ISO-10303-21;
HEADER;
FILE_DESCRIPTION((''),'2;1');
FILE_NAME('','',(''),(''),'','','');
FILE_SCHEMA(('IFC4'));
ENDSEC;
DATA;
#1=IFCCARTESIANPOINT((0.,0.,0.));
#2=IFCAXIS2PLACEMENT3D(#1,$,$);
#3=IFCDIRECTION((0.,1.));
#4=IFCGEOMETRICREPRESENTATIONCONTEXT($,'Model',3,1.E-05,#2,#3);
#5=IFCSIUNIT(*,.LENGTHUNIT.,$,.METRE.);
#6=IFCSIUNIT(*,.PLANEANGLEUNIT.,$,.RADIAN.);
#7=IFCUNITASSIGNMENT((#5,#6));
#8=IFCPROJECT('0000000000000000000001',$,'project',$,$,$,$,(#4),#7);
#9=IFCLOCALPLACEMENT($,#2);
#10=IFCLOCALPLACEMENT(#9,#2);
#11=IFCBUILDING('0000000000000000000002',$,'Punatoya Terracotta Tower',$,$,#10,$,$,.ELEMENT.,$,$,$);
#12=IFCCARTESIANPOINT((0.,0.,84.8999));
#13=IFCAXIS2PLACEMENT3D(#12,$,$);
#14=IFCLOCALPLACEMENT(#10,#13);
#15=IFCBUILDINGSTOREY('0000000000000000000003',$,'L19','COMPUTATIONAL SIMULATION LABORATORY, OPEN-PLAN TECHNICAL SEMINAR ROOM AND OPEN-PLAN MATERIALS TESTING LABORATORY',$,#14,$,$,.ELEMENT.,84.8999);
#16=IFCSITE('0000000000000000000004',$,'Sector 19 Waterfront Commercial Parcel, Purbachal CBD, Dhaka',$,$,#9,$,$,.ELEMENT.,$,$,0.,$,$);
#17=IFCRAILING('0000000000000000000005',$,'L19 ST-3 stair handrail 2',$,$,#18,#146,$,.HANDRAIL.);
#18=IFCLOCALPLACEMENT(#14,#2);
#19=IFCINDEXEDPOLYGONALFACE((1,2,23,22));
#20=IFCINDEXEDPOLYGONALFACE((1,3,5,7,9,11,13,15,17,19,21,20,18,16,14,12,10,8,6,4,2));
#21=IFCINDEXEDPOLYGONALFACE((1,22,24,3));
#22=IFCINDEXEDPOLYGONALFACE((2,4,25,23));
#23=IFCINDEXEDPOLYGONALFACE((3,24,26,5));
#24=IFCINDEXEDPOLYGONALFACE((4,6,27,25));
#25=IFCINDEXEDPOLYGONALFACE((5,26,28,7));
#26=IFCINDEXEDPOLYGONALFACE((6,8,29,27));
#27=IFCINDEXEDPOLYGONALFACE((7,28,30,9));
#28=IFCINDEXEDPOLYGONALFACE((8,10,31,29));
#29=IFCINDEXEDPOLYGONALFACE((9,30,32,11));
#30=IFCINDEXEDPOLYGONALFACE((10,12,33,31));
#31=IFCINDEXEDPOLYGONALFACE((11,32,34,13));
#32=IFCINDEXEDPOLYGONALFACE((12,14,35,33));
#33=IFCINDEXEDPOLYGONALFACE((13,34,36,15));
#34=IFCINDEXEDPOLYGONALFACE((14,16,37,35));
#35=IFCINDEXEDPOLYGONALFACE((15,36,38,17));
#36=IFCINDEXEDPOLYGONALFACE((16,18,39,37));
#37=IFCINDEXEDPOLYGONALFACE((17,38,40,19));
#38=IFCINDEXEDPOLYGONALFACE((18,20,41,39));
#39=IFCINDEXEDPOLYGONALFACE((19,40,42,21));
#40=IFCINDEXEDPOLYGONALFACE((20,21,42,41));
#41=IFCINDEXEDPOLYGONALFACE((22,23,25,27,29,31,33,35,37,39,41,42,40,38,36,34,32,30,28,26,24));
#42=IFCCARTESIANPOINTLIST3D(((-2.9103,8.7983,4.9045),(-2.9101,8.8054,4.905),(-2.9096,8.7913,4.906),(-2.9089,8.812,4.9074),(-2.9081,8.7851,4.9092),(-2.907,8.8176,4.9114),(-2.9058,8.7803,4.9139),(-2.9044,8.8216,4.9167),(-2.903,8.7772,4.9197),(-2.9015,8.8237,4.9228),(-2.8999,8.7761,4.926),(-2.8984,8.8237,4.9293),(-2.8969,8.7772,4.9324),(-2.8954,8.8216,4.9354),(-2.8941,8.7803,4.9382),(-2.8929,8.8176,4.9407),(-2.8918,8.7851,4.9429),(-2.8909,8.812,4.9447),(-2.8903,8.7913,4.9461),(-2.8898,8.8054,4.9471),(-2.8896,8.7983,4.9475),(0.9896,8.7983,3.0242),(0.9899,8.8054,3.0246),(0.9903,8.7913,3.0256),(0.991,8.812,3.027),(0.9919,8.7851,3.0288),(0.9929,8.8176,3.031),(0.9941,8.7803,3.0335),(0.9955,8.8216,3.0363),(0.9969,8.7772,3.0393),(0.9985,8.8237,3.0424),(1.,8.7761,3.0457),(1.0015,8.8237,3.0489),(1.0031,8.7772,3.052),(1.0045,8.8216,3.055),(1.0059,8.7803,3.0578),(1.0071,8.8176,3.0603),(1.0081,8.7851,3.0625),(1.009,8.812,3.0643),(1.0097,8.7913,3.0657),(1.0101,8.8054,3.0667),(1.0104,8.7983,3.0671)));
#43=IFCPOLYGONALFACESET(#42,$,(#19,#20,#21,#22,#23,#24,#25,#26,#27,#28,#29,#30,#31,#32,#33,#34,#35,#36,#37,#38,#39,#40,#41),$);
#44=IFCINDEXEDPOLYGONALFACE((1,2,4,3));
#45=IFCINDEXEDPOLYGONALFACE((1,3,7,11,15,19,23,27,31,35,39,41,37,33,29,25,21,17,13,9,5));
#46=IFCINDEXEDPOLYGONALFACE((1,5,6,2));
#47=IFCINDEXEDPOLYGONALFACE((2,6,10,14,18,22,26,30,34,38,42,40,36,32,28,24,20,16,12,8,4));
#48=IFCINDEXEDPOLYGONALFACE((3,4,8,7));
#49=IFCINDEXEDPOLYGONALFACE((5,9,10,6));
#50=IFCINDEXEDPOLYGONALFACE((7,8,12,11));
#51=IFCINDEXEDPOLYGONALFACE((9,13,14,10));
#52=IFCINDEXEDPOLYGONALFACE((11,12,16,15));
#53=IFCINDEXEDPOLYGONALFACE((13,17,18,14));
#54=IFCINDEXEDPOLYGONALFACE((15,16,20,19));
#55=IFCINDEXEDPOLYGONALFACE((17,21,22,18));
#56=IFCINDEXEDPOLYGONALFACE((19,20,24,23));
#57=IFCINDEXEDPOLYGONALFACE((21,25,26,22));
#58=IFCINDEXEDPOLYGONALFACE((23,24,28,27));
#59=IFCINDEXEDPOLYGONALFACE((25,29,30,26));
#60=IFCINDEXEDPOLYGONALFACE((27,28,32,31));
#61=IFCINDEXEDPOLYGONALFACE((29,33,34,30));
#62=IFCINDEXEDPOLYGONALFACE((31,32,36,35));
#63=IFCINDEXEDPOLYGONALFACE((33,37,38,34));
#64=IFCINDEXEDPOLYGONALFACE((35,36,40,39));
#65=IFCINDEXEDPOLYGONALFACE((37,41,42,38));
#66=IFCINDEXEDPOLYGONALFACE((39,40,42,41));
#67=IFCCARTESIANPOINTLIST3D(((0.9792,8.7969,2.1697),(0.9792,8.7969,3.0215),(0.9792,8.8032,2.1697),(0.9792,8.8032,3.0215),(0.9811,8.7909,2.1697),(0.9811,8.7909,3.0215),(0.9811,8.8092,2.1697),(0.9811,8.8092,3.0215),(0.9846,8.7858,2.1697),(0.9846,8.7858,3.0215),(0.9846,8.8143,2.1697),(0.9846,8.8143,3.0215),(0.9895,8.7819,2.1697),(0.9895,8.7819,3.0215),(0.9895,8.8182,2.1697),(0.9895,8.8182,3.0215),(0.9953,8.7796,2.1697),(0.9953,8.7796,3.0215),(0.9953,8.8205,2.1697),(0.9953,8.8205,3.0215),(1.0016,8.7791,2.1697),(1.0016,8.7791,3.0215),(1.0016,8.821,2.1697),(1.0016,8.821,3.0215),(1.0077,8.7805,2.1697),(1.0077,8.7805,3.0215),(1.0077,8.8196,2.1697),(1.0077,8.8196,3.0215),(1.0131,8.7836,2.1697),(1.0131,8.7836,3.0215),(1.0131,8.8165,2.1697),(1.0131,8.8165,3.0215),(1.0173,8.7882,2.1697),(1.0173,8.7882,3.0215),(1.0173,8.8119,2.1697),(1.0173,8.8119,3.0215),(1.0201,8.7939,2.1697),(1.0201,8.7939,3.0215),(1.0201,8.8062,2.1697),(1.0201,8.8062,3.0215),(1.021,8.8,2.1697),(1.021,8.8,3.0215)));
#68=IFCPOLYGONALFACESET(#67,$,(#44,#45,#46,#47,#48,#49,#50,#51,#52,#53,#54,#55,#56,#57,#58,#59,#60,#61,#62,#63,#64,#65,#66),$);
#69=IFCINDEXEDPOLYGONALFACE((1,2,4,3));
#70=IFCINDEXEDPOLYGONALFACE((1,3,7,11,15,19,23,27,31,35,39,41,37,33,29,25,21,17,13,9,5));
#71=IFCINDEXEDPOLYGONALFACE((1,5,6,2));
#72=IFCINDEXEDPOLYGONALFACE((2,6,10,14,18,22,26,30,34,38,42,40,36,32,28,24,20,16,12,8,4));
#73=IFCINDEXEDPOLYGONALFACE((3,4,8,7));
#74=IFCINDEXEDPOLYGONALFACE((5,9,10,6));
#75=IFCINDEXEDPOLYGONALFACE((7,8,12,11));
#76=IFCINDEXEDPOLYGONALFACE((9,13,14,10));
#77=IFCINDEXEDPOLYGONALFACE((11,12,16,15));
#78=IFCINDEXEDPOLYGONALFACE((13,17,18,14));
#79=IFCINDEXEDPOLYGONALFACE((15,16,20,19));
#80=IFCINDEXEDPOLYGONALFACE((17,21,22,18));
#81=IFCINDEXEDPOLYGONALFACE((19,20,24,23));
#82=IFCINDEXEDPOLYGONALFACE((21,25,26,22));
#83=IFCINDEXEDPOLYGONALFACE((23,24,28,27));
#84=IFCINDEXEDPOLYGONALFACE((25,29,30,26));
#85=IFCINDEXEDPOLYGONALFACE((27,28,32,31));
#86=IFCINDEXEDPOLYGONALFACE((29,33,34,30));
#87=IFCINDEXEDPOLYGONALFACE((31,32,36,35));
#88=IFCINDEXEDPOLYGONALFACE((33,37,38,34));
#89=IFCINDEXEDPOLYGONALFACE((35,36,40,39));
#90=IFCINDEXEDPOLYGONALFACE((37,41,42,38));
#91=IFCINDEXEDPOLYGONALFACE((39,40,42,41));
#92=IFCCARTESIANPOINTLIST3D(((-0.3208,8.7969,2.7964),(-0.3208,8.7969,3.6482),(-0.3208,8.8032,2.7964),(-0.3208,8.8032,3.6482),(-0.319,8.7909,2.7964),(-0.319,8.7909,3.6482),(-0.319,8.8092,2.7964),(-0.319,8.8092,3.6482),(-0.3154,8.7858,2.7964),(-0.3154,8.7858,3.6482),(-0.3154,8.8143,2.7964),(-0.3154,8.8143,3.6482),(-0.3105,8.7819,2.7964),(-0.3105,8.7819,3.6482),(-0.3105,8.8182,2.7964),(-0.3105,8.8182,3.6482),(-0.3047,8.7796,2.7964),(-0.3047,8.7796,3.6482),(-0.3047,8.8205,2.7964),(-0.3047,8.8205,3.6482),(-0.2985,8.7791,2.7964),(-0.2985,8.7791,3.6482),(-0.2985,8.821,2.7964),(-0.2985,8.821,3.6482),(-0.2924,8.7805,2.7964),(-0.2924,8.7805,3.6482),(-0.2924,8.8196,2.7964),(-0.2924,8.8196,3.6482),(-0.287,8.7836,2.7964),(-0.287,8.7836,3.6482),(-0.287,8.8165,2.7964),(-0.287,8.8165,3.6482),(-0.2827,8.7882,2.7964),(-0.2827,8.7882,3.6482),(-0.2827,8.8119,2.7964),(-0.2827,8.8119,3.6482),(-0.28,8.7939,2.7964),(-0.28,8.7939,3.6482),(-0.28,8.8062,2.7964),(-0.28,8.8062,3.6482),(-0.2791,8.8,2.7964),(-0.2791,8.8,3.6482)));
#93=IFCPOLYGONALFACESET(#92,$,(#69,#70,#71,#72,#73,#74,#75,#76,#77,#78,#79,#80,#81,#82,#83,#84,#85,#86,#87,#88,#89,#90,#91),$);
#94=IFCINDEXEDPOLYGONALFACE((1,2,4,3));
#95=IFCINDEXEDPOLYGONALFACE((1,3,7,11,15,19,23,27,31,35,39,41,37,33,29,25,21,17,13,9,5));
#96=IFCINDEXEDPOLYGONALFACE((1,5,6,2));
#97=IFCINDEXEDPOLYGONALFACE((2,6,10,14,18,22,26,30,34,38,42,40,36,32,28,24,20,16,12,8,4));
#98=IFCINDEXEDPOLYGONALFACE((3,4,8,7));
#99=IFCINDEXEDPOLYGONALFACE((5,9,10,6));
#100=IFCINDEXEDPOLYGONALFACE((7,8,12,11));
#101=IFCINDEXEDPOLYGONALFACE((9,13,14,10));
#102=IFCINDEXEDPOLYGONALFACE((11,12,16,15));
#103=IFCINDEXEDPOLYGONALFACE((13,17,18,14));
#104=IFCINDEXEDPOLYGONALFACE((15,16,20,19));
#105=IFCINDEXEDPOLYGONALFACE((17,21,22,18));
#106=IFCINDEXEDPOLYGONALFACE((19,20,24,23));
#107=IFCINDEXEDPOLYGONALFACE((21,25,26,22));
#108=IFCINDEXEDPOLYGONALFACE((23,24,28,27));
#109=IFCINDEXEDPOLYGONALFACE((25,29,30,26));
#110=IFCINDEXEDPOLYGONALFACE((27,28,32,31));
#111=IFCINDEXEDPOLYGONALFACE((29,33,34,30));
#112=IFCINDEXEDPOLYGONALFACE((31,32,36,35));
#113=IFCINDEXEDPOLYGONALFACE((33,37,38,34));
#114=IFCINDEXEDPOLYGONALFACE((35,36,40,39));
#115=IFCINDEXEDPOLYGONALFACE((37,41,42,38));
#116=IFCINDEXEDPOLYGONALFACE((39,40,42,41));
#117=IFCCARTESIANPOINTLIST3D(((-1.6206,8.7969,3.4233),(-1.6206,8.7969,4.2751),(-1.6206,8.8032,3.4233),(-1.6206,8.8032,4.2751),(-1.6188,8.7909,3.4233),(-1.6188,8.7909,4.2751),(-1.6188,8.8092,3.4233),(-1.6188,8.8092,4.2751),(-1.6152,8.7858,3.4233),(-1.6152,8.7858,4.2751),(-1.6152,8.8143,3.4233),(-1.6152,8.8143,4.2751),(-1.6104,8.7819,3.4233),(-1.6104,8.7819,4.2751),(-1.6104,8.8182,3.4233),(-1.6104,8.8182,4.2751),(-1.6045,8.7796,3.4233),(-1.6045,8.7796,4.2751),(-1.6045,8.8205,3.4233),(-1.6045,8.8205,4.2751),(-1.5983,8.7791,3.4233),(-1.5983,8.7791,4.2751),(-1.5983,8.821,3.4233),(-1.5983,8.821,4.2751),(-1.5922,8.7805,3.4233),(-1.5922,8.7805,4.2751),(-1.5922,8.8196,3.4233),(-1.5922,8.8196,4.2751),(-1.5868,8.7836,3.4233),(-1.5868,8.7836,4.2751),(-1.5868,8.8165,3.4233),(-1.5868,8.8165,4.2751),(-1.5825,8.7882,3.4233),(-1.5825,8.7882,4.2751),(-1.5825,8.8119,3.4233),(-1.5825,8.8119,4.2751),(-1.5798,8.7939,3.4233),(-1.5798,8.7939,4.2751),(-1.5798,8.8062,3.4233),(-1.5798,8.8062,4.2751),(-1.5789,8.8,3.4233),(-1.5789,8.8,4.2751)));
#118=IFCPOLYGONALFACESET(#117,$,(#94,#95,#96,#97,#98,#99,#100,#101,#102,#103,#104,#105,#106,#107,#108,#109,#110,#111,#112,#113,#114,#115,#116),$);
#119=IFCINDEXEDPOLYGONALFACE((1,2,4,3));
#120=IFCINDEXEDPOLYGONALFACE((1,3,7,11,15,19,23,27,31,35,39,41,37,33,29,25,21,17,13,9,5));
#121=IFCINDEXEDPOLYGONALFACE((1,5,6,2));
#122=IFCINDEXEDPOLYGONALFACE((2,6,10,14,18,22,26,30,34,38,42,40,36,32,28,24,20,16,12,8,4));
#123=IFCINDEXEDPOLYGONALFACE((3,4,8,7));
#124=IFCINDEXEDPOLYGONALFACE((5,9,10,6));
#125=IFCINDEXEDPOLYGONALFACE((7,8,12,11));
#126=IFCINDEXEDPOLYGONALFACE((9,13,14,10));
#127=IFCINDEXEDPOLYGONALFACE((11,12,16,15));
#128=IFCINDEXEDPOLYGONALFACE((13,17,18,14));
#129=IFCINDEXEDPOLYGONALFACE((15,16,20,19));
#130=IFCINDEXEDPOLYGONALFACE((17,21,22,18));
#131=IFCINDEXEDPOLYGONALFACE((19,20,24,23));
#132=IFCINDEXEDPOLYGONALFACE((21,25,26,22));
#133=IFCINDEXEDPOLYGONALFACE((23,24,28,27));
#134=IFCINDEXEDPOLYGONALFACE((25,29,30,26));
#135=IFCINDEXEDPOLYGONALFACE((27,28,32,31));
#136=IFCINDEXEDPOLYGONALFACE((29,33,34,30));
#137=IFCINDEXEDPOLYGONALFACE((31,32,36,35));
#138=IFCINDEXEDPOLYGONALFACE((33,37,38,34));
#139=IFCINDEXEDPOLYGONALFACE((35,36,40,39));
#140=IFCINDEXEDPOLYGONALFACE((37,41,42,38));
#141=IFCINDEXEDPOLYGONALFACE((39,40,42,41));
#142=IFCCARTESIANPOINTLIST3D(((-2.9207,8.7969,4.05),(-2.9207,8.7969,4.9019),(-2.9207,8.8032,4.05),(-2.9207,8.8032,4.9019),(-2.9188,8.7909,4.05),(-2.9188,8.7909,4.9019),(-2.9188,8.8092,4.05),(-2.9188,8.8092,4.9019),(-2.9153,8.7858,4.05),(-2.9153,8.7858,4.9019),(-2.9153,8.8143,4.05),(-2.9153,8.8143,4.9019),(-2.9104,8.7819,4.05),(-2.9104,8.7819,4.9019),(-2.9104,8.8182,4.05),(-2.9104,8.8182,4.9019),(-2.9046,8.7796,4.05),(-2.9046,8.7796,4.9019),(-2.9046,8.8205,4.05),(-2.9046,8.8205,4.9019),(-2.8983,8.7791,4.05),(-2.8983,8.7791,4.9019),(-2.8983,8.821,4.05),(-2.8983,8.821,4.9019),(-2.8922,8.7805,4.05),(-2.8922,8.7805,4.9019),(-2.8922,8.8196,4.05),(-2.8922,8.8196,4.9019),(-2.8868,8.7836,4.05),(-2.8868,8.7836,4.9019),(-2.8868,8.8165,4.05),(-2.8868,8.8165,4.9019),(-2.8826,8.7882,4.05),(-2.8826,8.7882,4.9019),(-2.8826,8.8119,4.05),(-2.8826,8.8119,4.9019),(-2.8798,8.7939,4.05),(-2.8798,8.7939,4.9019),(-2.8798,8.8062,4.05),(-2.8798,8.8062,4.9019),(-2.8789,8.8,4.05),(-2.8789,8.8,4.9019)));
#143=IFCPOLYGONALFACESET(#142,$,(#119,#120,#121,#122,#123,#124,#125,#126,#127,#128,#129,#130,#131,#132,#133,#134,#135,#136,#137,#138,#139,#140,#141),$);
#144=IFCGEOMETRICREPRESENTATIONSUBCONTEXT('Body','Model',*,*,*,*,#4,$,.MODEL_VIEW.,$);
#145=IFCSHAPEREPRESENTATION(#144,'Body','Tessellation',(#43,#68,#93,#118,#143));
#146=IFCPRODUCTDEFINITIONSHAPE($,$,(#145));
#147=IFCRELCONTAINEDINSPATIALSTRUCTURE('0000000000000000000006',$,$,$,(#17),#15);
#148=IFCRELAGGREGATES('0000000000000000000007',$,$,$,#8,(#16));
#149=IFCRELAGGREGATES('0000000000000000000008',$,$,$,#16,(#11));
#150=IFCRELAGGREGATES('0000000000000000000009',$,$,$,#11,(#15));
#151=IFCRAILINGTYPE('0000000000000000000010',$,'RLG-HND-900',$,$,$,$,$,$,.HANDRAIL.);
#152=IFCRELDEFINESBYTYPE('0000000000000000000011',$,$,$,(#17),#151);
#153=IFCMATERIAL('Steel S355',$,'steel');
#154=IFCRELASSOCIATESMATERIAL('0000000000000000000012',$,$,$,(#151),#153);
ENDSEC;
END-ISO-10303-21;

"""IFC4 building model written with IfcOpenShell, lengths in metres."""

from ifc_helpers import new_model, si_unit, direction, frame, origin, origin_2d, place, context, subcontext, project, spatial, circle, extrude, material, type_object, element, save


model = new_model("IFC4")

# Units and contexts
model_context = context("Model", 3, precision=1e-05, world=origin(), true_north=direction((0.0, 1.0)))
body_context = subcontext(model_context, "Body", "Model", "MODEL_VIEW")
ifc_project = project(units=[si_unit("LENGTHUNIT", "METRE"), si_unit("PLANEANGLEUNIT", "RADIAN")], contexts=[model_context])

# Site, building, storey
site_placement = place(None, origin())
site = spatial("IfcSite", under=ifc_project, at=site_placement, Name="Sector 19 Waterfront Commercial Parcel, Purbachal CBD, Dhaka", CompositionType="ELEMENT", RefElevation=0.0)
building_placement = place(site_placement, origin())
building = spatial("IfcBuilding", under=site, at=building_placement, Name="Punatoya Terracotta Tower", CompositionType="ELEMENT")
storey_placement = place(building_placement, frame((0.0, 0.0, 84.8999)))
storey = spatial("IfcBuildingStorey", under=building, at=storey_placement, Name="L19", Description="COMPUTATIONAL SIMULATION LABORATORY, OPEN-PLAN TECHNICAL SEMINAR ROOM AND OPEN-PLAN MATERIALS TESTING LABORATORY", CompositionType="ELEMENT", Elevation=84.8999)

# Shared definitions
ifc_material_1 = material(Name="Steel S355", Category="steel")

# Railing
railing_type_1 = type_object("IfcRailingType", Name="RLG-HND-900", PredefinedType="HANDRAIL", material=ifc_material_1)
railing_1_placement = place(storey_placement, frame((1.0, 8.8, 2.1697)))
element("IfcRailing", 1, at=railing_1_placement, inside=storey, type_object=railing_type_1, Name="L19 ST-3 stair handrail 2", PredefinedType="HANDRAIL", context=body_context, shape_type="SweptSolid", body=[
    extrude(circle(Radius=0.0239, at=origin_2d()), frame((0.0, 0.0, 0.876), z_axis=(-0.900763, 0.0, 0.434311), x_axis=(0.0, -1.0, 0.0)), (0.0, 0.0, 1.0), 4.3296),
    extrude(circle(Radius=0.021, at=origin_2d()), origin(), (0.0, 0.0, 1.0), 0.8518),
    extrude(circle(Radius=0.021, at=origin_2d()), frame((-1.3, 0.0, 0.6267)), (0.0, 0.0, 1.0), 0.8518),
    extrude(circle(Radius=0.021, at=origin_2d()), frame((-2.5999, 0.0, 1.2537)), (0.0, 0.0, 1.0), 0.8518),
    extrude(circle(Radius=0.021, at=origin_2d()), frame((-3.8999, 0.0, 1.8804)), (0.0, 0.0, 1.0), 0.8518),
])

save(model, "model.ifc")
